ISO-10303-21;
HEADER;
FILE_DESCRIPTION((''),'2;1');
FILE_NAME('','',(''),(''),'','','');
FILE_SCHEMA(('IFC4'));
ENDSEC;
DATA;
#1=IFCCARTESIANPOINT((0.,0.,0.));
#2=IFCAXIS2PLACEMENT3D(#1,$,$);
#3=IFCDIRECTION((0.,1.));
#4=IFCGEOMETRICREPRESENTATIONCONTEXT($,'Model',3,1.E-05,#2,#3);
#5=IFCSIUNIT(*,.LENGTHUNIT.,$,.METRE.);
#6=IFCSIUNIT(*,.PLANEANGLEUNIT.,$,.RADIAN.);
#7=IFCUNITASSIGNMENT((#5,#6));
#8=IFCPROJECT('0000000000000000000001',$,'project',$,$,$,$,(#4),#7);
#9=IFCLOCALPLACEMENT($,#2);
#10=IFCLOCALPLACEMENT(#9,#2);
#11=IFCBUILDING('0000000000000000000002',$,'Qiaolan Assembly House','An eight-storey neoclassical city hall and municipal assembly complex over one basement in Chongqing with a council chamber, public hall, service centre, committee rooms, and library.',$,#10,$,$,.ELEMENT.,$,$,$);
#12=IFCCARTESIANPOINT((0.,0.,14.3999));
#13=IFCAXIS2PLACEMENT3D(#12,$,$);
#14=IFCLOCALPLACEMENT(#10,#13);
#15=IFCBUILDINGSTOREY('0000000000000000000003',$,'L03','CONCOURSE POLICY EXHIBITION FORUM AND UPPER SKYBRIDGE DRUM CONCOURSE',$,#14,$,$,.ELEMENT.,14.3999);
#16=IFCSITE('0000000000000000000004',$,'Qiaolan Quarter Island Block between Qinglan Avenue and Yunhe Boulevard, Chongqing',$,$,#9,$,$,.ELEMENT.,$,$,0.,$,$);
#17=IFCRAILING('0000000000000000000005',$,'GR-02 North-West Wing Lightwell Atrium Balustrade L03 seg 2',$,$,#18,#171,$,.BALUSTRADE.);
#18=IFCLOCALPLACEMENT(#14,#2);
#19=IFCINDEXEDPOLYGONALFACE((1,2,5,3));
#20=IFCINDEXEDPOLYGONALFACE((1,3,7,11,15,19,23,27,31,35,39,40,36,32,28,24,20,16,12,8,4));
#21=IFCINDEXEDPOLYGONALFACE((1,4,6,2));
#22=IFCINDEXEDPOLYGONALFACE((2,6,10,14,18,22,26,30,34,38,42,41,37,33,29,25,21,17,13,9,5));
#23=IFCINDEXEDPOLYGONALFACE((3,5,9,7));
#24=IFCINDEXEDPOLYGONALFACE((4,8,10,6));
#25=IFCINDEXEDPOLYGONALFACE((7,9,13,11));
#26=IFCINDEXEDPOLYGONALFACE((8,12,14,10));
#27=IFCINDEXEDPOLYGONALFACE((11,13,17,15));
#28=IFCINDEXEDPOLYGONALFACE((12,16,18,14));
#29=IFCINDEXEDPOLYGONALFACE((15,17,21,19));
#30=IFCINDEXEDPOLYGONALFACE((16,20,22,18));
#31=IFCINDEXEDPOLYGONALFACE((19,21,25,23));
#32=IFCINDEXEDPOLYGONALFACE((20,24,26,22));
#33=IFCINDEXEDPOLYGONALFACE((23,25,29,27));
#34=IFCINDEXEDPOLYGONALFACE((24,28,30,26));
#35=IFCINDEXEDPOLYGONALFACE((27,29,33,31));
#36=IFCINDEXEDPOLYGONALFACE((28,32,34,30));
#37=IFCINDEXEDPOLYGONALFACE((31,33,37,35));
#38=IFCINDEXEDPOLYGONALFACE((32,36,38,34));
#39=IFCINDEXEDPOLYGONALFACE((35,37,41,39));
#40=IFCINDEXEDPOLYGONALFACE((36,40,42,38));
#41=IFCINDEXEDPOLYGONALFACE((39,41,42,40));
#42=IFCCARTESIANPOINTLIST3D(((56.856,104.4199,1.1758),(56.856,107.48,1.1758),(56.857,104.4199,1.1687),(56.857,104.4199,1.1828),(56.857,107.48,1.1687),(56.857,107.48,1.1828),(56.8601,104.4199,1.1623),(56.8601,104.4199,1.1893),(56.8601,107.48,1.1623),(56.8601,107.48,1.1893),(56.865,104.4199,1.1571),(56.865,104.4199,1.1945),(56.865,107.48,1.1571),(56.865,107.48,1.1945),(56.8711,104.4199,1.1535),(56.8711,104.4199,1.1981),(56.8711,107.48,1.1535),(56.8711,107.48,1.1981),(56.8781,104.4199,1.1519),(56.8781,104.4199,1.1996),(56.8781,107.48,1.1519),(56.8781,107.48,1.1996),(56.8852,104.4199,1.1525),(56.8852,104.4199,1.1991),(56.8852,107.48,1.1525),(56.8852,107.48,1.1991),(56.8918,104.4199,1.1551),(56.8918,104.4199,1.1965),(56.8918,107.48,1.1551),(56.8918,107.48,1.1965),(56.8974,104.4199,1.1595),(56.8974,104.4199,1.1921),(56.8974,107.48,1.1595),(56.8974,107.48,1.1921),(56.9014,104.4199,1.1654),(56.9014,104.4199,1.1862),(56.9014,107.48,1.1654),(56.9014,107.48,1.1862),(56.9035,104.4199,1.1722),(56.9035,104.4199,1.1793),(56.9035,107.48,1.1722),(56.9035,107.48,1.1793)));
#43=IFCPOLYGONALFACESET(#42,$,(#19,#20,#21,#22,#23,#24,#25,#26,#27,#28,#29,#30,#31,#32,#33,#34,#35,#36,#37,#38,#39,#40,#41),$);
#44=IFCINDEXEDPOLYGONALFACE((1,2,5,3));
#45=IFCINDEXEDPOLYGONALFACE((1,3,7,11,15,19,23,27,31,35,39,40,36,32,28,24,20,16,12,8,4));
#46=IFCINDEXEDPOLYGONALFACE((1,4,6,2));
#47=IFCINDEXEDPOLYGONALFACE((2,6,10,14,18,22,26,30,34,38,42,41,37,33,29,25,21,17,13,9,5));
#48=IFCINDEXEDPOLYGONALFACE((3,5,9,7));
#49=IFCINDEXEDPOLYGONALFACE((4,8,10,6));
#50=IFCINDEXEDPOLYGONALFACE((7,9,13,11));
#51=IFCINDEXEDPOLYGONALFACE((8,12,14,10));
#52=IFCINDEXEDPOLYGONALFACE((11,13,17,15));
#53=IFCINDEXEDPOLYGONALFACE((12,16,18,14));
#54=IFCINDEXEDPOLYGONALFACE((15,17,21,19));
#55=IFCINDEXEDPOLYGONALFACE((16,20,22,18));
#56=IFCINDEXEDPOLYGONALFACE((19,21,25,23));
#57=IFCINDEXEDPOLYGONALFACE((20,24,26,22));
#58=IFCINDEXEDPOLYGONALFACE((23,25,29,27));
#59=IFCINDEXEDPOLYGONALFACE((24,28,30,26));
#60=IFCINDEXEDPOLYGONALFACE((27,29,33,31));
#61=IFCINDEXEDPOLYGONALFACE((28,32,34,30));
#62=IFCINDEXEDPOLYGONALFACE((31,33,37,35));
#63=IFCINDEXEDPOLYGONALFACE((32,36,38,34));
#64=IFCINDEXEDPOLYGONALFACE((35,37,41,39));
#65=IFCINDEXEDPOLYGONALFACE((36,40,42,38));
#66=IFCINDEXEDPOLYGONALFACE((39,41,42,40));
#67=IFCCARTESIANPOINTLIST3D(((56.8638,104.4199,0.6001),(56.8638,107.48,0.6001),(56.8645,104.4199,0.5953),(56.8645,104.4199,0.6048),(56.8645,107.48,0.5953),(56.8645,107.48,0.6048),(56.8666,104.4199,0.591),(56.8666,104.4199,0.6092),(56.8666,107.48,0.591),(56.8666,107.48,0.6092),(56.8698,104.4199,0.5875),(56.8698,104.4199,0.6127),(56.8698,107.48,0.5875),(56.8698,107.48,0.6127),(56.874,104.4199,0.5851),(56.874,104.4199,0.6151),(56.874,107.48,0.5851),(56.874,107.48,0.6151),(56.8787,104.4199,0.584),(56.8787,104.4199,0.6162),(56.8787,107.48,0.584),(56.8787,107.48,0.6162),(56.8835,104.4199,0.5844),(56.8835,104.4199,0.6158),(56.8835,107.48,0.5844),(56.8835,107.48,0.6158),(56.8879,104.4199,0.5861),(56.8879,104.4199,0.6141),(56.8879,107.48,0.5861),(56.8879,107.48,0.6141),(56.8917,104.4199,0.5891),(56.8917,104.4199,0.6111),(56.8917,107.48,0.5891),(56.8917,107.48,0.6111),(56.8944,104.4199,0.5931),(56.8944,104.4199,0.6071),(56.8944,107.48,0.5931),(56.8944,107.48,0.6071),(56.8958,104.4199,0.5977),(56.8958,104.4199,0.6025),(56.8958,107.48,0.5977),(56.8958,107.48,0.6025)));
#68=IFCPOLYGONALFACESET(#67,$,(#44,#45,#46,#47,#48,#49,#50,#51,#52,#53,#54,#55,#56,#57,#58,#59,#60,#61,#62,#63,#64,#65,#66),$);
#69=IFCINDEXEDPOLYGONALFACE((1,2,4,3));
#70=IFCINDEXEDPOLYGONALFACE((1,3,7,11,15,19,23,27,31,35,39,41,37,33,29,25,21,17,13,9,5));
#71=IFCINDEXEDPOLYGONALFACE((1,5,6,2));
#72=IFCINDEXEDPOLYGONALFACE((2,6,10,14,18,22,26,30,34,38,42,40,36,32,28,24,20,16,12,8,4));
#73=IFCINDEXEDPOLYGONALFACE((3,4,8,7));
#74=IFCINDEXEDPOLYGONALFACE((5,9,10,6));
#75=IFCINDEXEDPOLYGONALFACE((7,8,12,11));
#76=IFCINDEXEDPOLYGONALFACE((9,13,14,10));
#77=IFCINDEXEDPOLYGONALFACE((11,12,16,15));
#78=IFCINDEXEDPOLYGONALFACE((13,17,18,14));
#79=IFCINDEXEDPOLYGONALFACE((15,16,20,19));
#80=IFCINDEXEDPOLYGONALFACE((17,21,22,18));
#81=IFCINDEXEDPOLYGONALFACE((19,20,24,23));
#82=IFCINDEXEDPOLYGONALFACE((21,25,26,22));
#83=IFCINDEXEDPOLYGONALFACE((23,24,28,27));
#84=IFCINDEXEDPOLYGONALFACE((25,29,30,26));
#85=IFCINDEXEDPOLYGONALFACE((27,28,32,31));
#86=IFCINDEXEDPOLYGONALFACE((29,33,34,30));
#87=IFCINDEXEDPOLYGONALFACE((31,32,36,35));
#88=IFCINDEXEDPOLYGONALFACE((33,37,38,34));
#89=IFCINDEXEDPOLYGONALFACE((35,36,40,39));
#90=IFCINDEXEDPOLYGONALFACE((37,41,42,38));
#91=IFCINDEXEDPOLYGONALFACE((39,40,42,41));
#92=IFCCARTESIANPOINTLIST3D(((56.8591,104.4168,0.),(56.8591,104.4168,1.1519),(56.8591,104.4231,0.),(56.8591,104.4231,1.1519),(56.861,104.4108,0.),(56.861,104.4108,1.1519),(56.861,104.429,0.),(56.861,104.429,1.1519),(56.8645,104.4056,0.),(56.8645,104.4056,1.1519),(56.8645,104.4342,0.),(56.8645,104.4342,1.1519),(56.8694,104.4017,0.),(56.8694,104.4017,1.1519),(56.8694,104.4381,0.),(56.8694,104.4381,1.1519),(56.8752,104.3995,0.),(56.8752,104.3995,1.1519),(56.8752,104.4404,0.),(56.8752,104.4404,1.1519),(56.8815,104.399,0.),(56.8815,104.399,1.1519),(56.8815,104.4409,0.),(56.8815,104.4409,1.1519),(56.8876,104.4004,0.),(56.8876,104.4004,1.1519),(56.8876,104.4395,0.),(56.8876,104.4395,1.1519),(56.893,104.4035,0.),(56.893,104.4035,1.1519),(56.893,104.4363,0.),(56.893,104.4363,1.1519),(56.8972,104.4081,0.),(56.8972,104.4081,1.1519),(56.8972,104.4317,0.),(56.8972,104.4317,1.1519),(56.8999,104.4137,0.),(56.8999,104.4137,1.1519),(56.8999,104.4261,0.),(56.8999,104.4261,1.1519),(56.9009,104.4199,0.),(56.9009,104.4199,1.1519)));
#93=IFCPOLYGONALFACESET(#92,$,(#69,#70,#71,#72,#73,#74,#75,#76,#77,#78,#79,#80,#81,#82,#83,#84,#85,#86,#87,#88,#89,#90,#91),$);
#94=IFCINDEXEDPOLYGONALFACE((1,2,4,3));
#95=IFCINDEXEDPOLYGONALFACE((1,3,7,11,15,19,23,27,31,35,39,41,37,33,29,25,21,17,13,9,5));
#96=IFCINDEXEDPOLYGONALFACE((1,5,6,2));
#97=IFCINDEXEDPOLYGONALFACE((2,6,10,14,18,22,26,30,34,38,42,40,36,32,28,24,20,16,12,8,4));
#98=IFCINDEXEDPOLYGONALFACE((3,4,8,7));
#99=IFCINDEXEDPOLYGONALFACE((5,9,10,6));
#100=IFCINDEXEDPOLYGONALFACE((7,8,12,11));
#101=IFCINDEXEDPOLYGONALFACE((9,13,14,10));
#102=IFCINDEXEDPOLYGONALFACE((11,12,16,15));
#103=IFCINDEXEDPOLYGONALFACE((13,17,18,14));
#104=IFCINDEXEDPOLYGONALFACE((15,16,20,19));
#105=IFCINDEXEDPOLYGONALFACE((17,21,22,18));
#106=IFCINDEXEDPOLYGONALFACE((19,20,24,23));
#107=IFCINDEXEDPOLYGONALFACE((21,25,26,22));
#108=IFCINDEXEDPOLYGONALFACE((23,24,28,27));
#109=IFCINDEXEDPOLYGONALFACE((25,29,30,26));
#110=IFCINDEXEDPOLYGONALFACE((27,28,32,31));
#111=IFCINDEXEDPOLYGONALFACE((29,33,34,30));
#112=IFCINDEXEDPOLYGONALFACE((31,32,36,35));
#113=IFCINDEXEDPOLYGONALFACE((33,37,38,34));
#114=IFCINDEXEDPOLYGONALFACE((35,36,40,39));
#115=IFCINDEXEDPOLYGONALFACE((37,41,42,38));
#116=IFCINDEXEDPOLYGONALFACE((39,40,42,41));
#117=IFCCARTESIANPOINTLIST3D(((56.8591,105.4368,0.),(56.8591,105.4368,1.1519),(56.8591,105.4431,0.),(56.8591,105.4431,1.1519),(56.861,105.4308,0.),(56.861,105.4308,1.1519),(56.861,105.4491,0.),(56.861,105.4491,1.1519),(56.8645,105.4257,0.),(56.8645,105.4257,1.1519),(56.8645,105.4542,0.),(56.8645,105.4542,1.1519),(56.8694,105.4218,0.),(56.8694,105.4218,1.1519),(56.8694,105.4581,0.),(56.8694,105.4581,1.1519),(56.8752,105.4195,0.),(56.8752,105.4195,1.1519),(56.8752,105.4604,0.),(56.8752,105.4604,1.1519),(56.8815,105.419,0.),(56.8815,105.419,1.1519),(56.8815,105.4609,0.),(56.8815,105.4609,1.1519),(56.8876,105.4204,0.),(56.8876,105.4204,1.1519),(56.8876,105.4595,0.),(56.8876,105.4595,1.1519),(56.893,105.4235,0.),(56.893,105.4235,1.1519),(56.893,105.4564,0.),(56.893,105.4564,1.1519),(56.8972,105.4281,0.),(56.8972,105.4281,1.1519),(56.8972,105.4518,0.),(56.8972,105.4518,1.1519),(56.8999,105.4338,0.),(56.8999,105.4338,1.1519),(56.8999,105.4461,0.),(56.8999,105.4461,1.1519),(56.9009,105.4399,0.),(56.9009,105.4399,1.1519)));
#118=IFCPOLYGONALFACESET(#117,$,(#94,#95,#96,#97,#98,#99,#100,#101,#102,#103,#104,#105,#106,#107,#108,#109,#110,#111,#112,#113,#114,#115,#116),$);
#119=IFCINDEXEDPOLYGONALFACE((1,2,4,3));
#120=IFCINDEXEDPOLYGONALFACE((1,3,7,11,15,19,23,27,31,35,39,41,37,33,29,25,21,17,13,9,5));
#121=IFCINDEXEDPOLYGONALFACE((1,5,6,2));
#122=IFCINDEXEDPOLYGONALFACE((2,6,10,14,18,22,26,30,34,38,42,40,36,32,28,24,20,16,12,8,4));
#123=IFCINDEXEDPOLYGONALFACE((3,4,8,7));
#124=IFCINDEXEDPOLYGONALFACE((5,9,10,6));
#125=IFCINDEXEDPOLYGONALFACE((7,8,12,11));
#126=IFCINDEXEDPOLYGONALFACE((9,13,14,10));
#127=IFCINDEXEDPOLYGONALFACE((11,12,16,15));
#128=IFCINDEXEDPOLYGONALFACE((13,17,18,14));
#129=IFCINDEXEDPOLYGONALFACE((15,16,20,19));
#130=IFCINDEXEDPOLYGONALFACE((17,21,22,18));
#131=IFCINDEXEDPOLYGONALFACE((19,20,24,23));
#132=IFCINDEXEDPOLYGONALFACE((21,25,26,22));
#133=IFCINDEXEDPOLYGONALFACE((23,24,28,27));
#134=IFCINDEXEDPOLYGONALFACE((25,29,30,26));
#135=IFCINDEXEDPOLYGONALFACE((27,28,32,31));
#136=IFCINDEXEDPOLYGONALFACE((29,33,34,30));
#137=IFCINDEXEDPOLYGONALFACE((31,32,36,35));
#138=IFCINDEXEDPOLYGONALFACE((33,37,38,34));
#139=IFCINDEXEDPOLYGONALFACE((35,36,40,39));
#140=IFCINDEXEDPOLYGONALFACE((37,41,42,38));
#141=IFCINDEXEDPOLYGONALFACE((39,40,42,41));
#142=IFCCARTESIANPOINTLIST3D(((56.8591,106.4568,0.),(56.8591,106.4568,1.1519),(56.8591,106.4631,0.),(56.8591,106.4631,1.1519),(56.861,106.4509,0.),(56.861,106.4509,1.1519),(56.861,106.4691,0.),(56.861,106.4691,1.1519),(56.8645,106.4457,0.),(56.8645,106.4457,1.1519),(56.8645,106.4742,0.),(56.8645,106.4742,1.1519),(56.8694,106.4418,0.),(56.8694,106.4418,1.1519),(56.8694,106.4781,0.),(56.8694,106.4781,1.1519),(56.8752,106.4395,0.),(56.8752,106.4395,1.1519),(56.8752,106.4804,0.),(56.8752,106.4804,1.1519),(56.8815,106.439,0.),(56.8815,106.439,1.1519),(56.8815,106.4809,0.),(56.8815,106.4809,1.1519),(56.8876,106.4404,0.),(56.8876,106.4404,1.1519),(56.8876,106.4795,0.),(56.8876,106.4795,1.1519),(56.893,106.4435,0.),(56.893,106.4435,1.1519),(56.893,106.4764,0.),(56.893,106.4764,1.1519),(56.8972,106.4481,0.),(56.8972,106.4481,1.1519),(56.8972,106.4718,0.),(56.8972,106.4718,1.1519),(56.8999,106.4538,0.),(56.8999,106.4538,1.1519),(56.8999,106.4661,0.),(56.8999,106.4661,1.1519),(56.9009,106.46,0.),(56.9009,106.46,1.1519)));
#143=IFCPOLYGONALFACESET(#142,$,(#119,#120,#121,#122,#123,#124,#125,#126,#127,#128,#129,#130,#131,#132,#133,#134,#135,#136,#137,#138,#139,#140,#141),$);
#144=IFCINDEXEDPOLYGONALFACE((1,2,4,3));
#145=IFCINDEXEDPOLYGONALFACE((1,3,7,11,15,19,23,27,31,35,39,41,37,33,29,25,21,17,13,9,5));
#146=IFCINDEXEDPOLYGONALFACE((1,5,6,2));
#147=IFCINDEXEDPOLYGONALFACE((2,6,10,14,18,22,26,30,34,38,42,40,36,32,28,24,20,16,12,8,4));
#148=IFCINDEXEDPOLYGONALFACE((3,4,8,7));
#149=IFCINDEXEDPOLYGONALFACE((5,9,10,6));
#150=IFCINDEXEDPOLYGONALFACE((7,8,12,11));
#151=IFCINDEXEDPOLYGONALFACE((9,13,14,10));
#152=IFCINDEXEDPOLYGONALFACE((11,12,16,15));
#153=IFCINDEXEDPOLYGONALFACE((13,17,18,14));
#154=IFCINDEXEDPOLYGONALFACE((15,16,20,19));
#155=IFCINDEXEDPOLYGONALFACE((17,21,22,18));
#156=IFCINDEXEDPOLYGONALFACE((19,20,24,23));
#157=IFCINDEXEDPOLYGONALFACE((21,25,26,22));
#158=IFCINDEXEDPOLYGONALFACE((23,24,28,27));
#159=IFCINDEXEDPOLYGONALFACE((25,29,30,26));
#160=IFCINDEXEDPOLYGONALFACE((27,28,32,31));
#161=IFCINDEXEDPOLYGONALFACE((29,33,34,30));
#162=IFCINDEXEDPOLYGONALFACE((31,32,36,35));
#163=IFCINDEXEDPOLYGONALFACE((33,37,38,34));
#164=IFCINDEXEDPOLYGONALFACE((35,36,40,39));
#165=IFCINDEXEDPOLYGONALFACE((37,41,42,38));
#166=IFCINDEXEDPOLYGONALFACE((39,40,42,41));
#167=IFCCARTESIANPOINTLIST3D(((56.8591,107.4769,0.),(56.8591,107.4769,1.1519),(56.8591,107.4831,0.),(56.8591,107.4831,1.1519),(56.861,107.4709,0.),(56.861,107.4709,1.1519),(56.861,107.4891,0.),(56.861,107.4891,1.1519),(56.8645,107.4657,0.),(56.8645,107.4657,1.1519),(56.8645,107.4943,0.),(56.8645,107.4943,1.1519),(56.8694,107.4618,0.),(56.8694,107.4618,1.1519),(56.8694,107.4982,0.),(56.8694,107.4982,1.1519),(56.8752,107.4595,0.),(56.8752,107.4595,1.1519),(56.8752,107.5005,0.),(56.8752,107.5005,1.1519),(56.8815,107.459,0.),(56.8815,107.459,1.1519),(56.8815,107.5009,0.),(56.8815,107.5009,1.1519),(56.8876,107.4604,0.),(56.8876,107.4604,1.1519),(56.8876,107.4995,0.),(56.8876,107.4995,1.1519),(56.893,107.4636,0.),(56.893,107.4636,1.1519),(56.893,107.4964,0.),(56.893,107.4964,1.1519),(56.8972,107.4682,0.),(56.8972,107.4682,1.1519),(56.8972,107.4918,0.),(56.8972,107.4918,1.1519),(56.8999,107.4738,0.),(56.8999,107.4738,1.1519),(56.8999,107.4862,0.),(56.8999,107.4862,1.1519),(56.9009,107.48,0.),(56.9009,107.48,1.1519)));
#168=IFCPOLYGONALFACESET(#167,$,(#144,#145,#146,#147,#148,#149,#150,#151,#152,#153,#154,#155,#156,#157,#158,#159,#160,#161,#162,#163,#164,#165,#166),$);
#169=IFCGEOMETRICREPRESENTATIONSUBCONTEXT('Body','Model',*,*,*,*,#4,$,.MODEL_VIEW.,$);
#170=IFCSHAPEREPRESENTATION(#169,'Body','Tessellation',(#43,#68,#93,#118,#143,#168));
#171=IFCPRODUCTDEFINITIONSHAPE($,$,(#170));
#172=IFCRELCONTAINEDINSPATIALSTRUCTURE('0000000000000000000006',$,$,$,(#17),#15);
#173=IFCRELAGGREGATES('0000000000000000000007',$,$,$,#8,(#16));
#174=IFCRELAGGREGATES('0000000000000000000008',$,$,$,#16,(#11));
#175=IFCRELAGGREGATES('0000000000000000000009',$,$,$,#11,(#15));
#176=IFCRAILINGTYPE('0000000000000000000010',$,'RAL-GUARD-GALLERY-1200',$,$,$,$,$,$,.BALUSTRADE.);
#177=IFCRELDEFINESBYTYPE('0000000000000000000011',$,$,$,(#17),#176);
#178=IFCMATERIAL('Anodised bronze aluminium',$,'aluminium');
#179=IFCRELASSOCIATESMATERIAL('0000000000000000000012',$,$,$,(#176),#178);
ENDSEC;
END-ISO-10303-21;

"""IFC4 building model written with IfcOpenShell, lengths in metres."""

from ifc_helpers import new_model, si_unit, direction, frame, origin, origin_2d, place, context, subcontext, project, spatial, circle, extrude, material, type_object, element, save


model = new_model("IFC4")

# Units and contexts
model_context = context("Model", 3, precision=1e-05, world=origin(), true_north=direction((0.0, 1.0)))
body_context = subcontext(model_context, "Body", "Model", "MODEL_VIEW")
ifc_project = project(units=[si_unit("LENGTHUNIT", "METRE"), si_unit("PLANEANGLEUNIT", "RADIAN")], contexts=[model_context])

# Site, building, storey
site_placement = place(None, origin())
site = spatial("IfcSite", under=ifc_project, at=site_placement, Name="Qiaolan Quarter Island Block between Qinglan Avenue and Yunhe Boulevard, Chongqing", CompositionType="ELEMENT", RefElevation=0.0)
building_placement = place(site_placement, origin())
building = spatial("IfcBuilding", under=site, at=building_placement, Name="Qiaolan Assembly House", Description="An eight-storey neoclassical city hall and municipal assembly complex over one basement in Chongqing with a council chamber, public hall, service centre, committee rooms, and library.", CompositionType="ELEMENT")
storey_placement = place(building_placement, frame((0.0, 0.0, 14.3999)))
storey = spatial("IfcBuildingStorey", under=building, at=storey_placement, Name="L03", Description="CONCOURSE POLICY EXHIBITION FORUM AND UPPER SKYBRIDGE DRUM CONCOURSE", CompositionType="ELEMENT", Elevation=14.3999)

# Railing
ifc_material_1 = material(Name="Anodised bronze aluminium", Category="aluminium")
railing_type = type_object("IfcRailingType", Name="RAL-GUARD-GALLERY-1200", PredefinedType="BALUSTRADE", material=ifc_material_1)
railing_1_placement = place(storey_placement, frame((56.8799, 104.4199, 0.0)))
element("IfcRailing", 1, at=railing_1_placement, inside=storey, type_object=railing_type, Name="GR-02 North-West Wing Lightwell Atrium Balustrade L03 seg 2", PredefinedType="BALUSTRADE", context=body_context, shape_type="SweptSolid", body=[
    extrude(circle(Radius=0.0239, at=origin_2d()), frame((0.0, 0.0, 1.1758), z_axis=(0.0, 1.0, 0.0), x_axis=(-1.0, 0.0, 0.0)), (0.0, 0.0, 1.0), 3.0601),
    extrude(circle(Radius=0.0161, at=origin_2d()), frame((0.0, 0.0, 0.6001), z_axis=(0.0, 1.0, 0.0), x_axis=(-1.0, 0.0, 0.0)), (0.0, 0.0, 1.0), 3.0601),
    extrude(circle(Radius=0.021, at=origin_2d()), origin(), (0.0, 0.0, 1.0), 1.1519),
    extrude(circle(Radius=0.021, at=origin_2d()), frame((0.0, 1.02, 0.0)), (0.0, 0.0, 1.0), 1.1519),
    extrude(circle(Radius=0.021, at=origin_2d()), frame((0.0, 2.04, 0.0)), (0.0, 0.0, 1.0), 1.1519),
    extrude(circle(Radius=0.021, at=origin_2d()), frame((0.0, 3.0601, 0.0)), (0.0, 0.0, 1.0), 1.1519),
])

save(model, "model.ifc")
